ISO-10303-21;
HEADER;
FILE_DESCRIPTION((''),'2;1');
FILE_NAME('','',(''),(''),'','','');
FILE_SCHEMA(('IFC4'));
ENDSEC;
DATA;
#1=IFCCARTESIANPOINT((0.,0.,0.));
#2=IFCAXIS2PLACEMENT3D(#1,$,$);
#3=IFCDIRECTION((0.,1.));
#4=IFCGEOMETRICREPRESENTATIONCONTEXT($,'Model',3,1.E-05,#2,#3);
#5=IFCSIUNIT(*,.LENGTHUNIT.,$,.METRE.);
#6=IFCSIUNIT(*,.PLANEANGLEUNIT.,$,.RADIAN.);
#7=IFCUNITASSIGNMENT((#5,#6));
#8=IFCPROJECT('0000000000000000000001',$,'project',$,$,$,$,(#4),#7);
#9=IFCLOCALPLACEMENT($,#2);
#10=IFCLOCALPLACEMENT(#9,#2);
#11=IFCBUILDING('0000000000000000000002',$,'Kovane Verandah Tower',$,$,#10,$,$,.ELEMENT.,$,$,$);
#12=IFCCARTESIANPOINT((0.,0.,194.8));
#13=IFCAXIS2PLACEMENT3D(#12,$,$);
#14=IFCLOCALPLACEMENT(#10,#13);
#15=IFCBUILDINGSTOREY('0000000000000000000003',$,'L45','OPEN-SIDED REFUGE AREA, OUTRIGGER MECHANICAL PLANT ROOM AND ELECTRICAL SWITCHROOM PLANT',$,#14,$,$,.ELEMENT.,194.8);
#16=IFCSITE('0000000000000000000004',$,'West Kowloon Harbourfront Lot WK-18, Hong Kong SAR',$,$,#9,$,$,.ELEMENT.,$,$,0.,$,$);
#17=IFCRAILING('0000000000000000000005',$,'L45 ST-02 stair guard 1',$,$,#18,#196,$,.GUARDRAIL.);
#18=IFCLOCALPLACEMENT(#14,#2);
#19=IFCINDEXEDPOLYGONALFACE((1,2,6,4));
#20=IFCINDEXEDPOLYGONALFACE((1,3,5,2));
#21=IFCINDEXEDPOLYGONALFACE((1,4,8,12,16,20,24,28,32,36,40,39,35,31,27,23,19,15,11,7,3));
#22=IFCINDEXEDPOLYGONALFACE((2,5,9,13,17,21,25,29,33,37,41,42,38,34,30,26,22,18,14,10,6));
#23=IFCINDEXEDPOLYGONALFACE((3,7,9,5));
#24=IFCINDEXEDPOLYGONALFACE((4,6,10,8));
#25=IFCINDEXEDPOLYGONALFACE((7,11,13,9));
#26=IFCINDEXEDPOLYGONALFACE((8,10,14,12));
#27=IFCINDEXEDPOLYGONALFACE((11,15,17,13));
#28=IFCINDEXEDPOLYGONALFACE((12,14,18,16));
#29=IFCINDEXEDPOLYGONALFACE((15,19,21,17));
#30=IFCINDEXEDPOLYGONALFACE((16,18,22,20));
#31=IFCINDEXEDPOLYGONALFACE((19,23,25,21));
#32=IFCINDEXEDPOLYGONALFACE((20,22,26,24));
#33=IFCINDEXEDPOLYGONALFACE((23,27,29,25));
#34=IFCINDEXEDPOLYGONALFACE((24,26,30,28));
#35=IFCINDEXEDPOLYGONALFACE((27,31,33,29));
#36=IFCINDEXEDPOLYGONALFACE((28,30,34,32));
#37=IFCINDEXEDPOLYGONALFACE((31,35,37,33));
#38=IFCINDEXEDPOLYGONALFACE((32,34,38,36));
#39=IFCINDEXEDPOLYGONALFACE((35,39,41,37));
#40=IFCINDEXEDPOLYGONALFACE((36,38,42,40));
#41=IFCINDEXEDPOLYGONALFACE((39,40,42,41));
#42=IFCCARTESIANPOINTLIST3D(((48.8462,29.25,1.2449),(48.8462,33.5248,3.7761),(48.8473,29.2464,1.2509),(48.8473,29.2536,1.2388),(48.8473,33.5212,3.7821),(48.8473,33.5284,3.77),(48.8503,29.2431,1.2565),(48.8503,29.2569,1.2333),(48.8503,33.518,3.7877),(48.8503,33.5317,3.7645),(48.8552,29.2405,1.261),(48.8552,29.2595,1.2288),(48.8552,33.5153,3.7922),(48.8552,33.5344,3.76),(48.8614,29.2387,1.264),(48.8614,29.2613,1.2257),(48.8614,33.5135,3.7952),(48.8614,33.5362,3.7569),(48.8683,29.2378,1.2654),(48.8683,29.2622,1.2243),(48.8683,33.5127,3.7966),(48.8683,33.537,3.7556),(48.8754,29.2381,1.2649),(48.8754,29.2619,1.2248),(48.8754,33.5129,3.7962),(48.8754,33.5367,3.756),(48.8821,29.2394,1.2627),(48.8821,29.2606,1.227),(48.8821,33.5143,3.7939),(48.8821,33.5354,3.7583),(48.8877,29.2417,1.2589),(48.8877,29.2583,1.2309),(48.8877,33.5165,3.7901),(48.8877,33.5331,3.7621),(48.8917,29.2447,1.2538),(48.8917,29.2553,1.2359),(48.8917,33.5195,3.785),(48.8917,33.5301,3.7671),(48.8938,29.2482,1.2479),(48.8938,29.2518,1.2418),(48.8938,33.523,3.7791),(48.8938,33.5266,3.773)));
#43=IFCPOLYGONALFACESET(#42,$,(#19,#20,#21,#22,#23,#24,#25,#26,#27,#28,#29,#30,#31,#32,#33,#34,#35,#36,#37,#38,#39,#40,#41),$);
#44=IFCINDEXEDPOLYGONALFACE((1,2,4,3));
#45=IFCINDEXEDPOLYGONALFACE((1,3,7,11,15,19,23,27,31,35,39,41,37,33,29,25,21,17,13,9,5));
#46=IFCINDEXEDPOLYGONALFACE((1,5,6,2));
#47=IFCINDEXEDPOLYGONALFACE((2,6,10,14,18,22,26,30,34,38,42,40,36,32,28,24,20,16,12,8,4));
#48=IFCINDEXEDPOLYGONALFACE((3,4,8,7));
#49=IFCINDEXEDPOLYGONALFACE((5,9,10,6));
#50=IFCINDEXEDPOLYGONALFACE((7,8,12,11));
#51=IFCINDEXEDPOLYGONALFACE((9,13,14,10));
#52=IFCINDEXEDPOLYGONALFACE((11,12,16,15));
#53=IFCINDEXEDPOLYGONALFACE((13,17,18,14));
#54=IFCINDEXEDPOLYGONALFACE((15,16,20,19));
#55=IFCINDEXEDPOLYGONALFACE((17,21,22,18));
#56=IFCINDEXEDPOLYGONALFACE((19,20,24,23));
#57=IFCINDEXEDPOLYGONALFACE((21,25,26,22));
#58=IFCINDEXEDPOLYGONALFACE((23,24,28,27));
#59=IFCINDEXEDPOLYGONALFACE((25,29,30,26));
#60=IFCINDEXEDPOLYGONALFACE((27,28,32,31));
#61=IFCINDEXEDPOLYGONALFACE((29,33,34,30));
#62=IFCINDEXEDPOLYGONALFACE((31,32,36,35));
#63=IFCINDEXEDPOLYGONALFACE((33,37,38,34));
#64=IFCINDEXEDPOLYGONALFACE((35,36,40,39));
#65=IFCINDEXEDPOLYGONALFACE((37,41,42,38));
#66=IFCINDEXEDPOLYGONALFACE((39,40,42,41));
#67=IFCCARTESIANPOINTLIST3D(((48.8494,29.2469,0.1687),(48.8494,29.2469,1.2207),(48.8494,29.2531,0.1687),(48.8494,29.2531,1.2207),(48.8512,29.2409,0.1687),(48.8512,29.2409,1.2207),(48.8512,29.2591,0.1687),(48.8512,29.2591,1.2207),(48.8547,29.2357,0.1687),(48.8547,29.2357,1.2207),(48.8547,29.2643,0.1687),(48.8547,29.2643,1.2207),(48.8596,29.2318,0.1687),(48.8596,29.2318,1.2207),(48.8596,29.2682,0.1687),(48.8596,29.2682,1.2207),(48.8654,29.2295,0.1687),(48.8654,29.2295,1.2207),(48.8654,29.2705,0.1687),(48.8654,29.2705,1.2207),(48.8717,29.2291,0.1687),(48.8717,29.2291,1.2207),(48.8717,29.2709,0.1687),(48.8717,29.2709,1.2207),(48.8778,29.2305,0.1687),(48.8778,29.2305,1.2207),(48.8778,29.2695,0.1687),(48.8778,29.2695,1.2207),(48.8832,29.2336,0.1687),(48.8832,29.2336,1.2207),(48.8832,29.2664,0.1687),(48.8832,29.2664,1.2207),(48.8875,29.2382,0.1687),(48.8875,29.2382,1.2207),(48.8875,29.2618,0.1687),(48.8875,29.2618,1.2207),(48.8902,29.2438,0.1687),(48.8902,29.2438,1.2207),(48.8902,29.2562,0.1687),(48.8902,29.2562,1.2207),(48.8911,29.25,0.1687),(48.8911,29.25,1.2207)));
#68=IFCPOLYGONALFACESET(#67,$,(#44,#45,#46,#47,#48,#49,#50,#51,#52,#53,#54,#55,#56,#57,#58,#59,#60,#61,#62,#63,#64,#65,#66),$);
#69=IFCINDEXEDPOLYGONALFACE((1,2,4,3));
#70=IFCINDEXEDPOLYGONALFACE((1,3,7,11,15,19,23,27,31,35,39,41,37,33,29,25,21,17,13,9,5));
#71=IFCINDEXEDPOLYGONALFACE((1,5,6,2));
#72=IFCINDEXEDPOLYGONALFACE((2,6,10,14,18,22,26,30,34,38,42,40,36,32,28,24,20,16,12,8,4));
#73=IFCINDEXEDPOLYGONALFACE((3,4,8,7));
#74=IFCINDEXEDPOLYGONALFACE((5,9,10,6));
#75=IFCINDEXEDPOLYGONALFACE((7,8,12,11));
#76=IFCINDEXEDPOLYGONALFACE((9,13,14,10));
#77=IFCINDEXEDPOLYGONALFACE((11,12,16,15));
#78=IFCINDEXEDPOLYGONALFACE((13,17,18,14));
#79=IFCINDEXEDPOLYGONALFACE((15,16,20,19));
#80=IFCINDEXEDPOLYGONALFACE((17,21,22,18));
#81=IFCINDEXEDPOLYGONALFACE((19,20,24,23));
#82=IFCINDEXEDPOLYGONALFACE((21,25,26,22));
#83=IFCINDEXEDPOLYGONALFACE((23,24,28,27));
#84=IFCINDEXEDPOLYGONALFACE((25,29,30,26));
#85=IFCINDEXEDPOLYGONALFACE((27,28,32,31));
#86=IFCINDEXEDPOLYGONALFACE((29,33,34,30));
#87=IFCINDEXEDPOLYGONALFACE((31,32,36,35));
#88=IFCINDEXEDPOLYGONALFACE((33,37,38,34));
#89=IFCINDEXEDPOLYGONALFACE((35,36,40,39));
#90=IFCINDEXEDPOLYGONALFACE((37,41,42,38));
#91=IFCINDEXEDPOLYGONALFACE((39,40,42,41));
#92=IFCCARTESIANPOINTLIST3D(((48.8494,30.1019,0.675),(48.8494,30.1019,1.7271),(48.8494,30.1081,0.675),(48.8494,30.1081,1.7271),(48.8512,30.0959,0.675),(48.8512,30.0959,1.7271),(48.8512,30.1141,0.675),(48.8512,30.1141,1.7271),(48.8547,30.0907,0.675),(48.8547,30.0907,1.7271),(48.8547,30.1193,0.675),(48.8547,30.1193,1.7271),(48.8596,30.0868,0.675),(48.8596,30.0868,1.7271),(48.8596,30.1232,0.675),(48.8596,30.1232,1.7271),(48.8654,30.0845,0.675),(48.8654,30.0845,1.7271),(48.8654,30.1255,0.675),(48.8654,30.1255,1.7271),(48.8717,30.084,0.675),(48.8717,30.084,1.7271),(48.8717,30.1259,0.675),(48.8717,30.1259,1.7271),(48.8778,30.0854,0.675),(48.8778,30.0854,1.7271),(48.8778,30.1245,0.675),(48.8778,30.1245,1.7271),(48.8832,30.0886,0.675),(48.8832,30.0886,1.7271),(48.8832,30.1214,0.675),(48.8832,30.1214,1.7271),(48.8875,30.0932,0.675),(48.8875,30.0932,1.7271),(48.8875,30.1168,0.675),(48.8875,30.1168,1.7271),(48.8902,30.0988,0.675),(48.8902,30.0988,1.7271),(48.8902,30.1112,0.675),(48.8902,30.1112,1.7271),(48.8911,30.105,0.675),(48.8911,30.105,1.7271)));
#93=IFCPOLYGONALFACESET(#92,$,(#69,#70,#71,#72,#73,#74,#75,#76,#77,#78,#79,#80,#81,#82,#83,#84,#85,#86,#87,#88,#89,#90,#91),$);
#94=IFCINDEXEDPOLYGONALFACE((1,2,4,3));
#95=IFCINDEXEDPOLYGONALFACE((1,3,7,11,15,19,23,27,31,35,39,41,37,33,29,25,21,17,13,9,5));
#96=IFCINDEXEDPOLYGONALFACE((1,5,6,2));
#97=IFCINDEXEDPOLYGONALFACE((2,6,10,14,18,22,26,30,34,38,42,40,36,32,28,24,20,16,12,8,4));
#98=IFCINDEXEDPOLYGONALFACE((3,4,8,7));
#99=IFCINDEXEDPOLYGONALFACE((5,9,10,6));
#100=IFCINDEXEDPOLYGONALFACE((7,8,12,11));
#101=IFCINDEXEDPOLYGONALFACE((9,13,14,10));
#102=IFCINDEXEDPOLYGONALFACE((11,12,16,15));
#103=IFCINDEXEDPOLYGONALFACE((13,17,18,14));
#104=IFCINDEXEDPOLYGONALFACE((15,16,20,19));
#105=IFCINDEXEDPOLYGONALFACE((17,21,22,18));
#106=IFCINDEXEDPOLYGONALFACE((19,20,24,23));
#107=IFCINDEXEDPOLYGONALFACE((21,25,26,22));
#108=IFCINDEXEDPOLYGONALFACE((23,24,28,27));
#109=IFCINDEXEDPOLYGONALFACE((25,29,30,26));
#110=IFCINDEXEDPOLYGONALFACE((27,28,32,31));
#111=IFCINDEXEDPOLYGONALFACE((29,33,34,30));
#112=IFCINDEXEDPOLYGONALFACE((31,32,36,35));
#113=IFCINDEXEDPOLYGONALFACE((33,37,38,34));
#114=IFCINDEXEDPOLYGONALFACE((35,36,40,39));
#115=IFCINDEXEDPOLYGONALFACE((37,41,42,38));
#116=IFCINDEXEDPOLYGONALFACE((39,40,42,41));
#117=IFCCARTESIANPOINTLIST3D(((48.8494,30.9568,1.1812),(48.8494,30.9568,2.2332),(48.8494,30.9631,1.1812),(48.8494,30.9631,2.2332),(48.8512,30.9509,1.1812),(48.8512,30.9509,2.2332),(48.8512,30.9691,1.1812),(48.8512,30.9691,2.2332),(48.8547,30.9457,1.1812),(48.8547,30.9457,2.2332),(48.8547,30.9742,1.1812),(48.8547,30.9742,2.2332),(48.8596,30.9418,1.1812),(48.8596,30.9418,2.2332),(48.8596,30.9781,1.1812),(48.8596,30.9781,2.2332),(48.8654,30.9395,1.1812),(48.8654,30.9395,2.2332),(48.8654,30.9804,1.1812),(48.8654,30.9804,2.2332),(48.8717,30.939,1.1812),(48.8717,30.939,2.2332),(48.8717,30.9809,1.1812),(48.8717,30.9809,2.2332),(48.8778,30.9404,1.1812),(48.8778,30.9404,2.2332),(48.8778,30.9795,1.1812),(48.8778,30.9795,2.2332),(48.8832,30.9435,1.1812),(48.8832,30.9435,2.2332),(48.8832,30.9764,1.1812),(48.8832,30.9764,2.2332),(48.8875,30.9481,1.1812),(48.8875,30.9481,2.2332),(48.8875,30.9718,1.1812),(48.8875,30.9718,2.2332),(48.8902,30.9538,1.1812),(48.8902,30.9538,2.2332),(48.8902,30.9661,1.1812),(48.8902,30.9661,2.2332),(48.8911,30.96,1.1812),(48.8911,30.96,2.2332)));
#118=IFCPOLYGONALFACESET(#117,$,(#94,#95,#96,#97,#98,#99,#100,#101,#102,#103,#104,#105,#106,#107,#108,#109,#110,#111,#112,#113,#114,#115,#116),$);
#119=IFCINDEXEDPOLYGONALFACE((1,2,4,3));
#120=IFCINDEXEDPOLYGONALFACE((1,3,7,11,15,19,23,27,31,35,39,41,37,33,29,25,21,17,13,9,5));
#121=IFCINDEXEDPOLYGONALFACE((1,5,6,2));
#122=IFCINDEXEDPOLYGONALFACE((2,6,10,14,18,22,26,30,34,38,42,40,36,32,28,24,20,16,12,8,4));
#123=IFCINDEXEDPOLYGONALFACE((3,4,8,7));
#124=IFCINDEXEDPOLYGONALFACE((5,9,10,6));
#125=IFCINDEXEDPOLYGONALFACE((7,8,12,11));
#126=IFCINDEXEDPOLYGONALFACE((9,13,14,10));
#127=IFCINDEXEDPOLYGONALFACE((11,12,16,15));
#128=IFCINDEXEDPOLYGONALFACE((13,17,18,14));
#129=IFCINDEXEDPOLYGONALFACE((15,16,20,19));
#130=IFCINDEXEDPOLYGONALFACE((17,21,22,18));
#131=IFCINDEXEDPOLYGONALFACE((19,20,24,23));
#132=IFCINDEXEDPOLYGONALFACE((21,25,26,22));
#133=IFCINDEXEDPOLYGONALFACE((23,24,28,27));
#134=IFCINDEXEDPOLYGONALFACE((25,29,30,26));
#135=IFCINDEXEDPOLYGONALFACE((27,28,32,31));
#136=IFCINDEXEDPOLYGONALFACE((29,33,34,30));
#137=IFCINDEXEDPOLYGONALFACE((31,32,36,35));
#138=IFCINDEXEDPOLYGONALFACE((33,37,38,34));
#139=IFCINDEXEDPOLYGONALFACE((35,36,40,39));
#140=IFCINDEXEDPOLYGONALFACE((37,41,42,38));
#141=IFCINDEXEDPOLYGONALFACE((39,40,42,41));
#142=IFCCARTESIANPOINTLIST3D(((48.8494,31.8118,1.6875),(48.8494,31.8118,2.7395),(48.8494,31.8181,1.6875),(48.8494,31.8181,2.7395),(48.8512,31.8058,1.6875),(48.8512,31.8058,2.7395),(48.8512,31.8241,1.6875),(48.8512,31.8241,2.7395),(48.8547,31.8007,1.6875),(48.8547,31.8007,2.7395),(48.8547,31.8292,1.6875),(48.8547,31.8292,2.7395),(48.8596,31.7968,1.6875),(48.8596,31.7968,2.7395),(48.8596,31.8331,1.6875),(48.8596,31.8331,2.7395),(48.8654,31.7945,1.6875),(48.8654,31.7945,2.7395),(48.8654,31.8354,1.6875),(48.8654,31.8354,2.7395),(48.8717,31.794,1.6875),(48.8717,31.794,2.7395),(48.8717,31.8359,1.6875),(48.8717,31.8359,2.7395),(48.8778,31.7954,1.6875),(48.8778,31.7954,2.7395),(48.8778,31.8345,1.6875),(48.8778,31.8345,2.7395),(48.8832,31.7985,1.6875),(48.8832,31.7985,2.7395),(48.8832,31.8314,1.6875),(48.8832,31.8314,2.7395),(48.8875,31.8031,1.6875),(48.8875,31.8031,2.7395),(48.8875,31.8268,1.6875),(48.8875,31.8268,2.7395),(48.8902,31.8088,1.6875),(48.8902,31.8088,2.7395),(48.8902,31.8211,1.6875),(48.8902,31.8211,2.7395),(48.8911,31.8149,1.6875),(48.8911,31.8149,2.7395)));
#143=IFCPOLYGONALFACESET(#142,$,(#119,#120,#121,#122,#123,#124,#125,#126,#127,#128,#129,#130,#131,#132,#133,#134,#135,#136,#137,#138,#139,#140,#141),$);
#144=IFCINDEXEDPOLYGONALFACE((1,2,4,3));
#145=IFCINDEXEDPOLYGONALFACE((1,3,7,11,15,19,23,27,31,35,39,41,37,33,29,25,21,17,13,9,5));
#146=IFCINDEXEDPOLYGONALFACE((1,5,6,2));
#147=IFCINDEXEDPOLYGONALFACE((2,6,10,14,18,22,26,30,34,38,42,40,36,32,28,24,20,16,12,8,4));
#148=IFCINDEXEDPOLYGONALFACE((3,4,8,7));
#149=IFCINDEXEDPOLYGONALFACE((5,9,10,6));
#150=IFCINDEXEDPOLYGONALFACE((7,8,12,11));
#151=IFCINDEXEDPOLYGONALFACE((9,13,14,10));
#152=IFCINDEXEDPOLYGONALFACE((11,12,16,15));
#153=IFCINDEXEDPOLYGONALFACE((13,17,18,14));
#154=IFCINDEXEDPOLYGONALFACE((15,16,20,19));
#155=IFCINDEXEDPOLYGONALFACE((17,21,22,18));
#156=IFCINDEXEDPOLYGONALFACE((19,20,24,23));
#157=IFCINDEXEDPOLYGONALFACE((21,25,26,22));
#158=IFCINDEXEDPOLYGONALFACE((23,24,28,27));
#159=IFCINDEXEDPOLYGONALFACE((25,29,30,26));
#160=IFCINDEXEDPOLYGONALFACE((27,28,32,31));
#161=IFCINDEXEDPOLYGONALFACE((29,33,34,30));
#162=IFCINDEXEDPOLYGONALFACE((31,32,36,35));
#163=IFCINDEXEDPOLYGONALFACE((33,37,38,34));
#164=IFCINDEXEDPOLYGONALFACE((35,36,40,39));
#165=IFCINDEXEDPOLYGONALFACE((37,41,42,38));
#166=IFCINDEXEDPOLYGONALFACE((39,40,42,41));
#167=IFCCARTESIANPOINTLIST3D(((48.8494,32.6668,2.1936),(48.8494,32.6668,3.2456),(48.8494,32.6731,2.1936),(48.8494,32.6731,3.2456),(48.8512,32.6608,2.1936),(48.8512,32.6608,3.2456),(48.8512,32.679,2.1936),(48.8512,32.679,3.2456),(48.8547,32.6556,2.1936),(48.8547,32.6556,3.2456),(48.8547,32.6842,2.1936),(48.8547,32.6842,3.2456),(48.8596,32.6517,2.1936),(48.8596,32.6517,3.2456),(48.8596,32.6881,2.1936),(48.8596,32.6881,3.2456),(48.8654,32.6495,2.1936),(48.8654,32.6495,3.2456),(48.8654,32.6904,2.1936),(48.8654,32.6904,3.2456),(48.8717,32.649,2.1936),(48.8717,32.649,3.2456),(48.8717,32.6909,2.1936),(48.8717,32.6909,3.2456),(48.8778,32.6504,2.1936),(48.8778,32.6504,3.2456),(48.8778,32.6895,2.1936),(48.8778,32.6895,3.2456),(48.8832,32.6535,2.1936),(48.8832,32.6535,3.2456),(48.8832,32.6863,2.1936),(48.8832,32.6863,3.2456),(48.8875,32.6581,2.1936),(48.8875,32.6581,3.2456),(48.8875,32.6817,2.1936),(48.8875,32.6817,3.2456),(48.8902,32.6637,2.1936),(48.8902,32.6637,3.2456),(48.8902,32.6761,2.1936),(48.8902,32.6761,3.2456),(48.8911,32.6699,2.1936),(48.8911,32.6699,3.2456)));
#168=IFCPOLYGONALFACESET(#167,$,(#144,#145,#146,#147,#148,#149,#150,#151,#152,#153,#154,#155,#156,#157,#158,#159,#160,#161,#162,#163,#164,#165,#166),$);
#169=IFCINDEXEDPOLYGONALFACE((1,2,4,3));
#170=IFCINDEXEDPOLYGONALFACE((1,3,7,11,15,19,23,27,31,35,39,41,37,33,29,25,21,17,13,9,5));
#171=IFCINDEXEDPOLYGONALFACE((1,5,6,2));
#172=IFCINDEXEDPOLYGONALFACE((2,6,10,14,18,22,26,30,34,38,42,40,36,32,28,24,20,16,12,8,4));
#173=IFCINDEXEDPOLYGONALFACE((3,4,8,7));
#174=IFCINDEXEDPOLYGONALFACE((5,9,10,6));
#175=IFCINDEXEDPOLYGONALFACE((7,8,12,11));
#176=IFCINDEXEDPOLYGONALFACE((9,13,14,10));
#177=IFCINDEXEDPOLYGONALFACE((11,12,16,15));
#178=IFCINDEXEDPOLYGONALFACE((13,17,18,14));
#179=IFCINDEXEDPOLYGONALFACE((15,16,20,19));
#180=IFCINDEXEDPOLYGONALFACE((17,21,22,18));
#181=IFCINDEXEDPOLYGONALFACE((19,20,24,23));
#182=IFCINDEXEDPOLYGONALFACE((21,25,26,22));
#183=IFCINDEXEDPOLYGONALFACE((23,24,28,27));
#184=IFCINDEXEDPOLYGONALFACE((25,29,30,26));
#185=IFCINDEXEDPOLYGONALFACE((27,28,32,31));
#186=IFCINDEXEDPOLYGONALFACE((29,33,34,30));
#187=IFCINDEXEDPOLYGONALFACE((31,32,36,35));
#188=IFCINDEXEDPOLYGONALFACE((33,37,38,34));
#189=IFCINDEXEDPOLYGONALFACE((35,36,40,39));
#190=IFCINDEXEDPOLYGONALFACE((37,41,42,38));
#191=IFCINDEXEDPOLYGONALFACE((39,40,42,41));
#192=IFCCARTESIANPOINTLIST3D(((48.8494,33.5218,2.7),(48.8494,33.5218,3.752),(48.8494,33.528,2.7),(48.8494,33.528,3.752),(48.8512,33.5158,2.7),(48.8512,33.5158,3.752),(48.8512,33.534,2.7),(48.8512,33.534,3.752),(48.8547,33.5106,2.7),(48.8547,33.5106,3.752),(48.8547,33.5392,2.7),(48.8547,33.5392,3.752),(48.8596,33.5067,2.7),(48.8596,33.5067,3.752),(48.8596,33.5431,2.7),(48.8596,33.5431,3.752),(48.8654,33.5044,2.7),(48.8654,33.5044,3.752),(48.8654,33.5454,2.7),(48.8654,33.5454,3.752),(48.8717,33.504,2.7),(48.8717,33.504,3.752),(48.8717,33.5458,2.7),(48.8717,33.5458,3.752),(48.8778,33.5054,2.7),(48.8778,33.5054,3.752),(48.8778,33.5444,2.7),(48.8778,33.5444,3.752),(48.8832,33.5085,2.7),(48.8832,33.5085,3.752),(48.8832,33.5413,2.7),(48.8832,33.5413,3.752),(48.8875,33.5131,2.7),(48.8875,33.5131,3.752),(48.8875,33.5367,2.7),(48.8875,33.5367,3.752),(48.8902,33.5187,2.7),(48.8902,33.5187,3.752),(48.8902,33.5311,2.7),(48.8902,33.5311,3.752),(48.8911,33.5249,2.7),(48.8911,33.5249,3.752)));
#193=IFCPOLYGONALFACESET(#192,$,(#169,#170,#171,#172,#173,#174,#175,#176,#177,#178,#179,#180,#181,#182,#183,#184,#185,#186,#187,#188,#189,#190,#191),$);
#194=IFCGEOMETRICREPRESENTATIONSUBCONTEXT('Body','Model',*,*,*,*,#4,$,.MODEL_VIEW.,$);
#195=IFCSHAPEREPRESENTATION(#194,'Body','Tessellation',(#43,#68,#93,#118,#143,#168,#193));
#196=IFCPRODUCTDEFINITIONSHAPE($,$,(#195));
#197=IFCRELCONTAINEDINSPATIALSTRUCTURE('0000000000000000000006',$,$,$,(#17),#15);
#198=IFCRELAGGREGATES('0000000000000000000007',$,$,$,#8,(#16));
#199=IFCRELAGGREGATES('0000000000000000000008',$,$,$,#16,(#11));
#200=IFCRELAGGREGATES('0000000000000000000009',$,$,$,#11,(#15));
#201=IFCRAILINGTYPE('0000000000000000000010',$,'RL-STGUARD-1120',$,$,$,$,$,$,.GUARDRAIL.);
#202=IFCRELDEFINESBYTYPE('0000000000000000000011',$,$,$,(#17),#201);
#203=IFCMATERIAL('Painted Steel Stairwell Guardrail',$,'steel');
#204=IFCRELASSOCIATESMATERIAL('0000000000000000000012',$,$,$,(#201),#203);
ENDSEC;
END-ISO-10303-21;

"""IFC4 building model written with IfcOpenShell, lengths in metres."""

from ifc_helpers import new_model, si_unit, direction, frame, origin, origin_2d, place, context, subcontext, project, spatial, circle, extrude, material, type_object, element, save


model = new_model("IFC4")

# Units and contexts
model_context = context("Model", 3, precision=1e-05, world=origin(), true_north=direction((0.0, 1.0)))
body_context = subcontext(model_context, "Body", "Model", "MODEL_VIEW")
ifc_project = project(units=[si_unit("LENGTHUNIT", "METRE"), si_unit("PLANEANGLEUNIT", "RADIAN")], contexts=[model_context])

# Site, building, storey
site_placement = place(None, origin())
site = spatial("IfcSite", under=ifc_project, at=site_placement, Name="West Kowloon Harbourfront Lot WK-18, Hong Kong SAR", CompositionType="ELEMENT", RefElevation=0.0)
building_placement = place(site_placement, origin())
building = spatial("IfcBuilding", under=site, at=building_placement, Name="Kovane Verandah Tower", CompositionType="ELEMENT")
storey_placement = place(building_placement, frame((0.0, 0.0, 194.8)))
storey = spatial("IfcBuildingStorey", under=building, at=storey_placement, Name="L45", Description="OPEN-SIDED REFUGE AREA, OUTRIGGER MECHANICAL PLANT ROOM AND ELECTRICAL SWITCHROOM PLANT", CompositionType="ELEMENT", Elevation=194.8)

# Railing
ifc_material_1 = material(Name="Painted Steel Stairwell Guardrail", Category="steel")
railing_type_1 = type_object("IfcRailingType", Name="RL-STGUARD-1120", PredefinedType="GUARDRAIL", material=ifc_material_1)
railing_1_placement = place(storey_placement, frame((48.8701, 29.25, 0.1687)))
element("IfcRailing", 1, at=railing_1_placement, inside=storey, type_object=railing_type_1, Name="L45 ST-02 stair guard 1", PredefinedType="GUARDRAIL", context=body_context, shape_type="SweptSolid", body=[
    extrude(circle(Radius=0.0239, at=origin_2d()), frame((0.0, 0.0, 1.0762), z_axis=(0.0, 0.86047, 0.509501), x_axis=(-1.0, 0.0, 0.0)), (0.0, 0.0, 1.0), 4.968),
    extrude(circle(Radius=0.021, at=origin_2d()), origin(), (0.0, 0.0, 1.0), 1.052),
    extrude(circle(Radius=0.021, at=origin_2d()), frame((0.0, 0.855, 0.5063)), (0.0, 0.0, 1.0), 1.052),
    extrude(circle(Radius=0.021, at=origin_2d()), frame((0.0, 1.71, 1.0125)), (0.0, 0.0, 1.0), 1.052),
    extrude(circle(Radius=0.021, at=origin_2d()), frame((0.0, 2.5649, 1.5188)), (0.0, 0.0, 1.0), 1.052),
    extrude(circle(Radius=0.021, at=origin_2d()), frame((0.0, 3.4199, 2.0249)), (0.0, 0.0, 1.0), 1.052),
    extrude(circle(Radius=0.021, at=origin_2d()), frame((0.0, 4.2749, 2.5312)), (0.0, 0.0, 1.0), 1.052),
])

save(model, "model.ifc")
